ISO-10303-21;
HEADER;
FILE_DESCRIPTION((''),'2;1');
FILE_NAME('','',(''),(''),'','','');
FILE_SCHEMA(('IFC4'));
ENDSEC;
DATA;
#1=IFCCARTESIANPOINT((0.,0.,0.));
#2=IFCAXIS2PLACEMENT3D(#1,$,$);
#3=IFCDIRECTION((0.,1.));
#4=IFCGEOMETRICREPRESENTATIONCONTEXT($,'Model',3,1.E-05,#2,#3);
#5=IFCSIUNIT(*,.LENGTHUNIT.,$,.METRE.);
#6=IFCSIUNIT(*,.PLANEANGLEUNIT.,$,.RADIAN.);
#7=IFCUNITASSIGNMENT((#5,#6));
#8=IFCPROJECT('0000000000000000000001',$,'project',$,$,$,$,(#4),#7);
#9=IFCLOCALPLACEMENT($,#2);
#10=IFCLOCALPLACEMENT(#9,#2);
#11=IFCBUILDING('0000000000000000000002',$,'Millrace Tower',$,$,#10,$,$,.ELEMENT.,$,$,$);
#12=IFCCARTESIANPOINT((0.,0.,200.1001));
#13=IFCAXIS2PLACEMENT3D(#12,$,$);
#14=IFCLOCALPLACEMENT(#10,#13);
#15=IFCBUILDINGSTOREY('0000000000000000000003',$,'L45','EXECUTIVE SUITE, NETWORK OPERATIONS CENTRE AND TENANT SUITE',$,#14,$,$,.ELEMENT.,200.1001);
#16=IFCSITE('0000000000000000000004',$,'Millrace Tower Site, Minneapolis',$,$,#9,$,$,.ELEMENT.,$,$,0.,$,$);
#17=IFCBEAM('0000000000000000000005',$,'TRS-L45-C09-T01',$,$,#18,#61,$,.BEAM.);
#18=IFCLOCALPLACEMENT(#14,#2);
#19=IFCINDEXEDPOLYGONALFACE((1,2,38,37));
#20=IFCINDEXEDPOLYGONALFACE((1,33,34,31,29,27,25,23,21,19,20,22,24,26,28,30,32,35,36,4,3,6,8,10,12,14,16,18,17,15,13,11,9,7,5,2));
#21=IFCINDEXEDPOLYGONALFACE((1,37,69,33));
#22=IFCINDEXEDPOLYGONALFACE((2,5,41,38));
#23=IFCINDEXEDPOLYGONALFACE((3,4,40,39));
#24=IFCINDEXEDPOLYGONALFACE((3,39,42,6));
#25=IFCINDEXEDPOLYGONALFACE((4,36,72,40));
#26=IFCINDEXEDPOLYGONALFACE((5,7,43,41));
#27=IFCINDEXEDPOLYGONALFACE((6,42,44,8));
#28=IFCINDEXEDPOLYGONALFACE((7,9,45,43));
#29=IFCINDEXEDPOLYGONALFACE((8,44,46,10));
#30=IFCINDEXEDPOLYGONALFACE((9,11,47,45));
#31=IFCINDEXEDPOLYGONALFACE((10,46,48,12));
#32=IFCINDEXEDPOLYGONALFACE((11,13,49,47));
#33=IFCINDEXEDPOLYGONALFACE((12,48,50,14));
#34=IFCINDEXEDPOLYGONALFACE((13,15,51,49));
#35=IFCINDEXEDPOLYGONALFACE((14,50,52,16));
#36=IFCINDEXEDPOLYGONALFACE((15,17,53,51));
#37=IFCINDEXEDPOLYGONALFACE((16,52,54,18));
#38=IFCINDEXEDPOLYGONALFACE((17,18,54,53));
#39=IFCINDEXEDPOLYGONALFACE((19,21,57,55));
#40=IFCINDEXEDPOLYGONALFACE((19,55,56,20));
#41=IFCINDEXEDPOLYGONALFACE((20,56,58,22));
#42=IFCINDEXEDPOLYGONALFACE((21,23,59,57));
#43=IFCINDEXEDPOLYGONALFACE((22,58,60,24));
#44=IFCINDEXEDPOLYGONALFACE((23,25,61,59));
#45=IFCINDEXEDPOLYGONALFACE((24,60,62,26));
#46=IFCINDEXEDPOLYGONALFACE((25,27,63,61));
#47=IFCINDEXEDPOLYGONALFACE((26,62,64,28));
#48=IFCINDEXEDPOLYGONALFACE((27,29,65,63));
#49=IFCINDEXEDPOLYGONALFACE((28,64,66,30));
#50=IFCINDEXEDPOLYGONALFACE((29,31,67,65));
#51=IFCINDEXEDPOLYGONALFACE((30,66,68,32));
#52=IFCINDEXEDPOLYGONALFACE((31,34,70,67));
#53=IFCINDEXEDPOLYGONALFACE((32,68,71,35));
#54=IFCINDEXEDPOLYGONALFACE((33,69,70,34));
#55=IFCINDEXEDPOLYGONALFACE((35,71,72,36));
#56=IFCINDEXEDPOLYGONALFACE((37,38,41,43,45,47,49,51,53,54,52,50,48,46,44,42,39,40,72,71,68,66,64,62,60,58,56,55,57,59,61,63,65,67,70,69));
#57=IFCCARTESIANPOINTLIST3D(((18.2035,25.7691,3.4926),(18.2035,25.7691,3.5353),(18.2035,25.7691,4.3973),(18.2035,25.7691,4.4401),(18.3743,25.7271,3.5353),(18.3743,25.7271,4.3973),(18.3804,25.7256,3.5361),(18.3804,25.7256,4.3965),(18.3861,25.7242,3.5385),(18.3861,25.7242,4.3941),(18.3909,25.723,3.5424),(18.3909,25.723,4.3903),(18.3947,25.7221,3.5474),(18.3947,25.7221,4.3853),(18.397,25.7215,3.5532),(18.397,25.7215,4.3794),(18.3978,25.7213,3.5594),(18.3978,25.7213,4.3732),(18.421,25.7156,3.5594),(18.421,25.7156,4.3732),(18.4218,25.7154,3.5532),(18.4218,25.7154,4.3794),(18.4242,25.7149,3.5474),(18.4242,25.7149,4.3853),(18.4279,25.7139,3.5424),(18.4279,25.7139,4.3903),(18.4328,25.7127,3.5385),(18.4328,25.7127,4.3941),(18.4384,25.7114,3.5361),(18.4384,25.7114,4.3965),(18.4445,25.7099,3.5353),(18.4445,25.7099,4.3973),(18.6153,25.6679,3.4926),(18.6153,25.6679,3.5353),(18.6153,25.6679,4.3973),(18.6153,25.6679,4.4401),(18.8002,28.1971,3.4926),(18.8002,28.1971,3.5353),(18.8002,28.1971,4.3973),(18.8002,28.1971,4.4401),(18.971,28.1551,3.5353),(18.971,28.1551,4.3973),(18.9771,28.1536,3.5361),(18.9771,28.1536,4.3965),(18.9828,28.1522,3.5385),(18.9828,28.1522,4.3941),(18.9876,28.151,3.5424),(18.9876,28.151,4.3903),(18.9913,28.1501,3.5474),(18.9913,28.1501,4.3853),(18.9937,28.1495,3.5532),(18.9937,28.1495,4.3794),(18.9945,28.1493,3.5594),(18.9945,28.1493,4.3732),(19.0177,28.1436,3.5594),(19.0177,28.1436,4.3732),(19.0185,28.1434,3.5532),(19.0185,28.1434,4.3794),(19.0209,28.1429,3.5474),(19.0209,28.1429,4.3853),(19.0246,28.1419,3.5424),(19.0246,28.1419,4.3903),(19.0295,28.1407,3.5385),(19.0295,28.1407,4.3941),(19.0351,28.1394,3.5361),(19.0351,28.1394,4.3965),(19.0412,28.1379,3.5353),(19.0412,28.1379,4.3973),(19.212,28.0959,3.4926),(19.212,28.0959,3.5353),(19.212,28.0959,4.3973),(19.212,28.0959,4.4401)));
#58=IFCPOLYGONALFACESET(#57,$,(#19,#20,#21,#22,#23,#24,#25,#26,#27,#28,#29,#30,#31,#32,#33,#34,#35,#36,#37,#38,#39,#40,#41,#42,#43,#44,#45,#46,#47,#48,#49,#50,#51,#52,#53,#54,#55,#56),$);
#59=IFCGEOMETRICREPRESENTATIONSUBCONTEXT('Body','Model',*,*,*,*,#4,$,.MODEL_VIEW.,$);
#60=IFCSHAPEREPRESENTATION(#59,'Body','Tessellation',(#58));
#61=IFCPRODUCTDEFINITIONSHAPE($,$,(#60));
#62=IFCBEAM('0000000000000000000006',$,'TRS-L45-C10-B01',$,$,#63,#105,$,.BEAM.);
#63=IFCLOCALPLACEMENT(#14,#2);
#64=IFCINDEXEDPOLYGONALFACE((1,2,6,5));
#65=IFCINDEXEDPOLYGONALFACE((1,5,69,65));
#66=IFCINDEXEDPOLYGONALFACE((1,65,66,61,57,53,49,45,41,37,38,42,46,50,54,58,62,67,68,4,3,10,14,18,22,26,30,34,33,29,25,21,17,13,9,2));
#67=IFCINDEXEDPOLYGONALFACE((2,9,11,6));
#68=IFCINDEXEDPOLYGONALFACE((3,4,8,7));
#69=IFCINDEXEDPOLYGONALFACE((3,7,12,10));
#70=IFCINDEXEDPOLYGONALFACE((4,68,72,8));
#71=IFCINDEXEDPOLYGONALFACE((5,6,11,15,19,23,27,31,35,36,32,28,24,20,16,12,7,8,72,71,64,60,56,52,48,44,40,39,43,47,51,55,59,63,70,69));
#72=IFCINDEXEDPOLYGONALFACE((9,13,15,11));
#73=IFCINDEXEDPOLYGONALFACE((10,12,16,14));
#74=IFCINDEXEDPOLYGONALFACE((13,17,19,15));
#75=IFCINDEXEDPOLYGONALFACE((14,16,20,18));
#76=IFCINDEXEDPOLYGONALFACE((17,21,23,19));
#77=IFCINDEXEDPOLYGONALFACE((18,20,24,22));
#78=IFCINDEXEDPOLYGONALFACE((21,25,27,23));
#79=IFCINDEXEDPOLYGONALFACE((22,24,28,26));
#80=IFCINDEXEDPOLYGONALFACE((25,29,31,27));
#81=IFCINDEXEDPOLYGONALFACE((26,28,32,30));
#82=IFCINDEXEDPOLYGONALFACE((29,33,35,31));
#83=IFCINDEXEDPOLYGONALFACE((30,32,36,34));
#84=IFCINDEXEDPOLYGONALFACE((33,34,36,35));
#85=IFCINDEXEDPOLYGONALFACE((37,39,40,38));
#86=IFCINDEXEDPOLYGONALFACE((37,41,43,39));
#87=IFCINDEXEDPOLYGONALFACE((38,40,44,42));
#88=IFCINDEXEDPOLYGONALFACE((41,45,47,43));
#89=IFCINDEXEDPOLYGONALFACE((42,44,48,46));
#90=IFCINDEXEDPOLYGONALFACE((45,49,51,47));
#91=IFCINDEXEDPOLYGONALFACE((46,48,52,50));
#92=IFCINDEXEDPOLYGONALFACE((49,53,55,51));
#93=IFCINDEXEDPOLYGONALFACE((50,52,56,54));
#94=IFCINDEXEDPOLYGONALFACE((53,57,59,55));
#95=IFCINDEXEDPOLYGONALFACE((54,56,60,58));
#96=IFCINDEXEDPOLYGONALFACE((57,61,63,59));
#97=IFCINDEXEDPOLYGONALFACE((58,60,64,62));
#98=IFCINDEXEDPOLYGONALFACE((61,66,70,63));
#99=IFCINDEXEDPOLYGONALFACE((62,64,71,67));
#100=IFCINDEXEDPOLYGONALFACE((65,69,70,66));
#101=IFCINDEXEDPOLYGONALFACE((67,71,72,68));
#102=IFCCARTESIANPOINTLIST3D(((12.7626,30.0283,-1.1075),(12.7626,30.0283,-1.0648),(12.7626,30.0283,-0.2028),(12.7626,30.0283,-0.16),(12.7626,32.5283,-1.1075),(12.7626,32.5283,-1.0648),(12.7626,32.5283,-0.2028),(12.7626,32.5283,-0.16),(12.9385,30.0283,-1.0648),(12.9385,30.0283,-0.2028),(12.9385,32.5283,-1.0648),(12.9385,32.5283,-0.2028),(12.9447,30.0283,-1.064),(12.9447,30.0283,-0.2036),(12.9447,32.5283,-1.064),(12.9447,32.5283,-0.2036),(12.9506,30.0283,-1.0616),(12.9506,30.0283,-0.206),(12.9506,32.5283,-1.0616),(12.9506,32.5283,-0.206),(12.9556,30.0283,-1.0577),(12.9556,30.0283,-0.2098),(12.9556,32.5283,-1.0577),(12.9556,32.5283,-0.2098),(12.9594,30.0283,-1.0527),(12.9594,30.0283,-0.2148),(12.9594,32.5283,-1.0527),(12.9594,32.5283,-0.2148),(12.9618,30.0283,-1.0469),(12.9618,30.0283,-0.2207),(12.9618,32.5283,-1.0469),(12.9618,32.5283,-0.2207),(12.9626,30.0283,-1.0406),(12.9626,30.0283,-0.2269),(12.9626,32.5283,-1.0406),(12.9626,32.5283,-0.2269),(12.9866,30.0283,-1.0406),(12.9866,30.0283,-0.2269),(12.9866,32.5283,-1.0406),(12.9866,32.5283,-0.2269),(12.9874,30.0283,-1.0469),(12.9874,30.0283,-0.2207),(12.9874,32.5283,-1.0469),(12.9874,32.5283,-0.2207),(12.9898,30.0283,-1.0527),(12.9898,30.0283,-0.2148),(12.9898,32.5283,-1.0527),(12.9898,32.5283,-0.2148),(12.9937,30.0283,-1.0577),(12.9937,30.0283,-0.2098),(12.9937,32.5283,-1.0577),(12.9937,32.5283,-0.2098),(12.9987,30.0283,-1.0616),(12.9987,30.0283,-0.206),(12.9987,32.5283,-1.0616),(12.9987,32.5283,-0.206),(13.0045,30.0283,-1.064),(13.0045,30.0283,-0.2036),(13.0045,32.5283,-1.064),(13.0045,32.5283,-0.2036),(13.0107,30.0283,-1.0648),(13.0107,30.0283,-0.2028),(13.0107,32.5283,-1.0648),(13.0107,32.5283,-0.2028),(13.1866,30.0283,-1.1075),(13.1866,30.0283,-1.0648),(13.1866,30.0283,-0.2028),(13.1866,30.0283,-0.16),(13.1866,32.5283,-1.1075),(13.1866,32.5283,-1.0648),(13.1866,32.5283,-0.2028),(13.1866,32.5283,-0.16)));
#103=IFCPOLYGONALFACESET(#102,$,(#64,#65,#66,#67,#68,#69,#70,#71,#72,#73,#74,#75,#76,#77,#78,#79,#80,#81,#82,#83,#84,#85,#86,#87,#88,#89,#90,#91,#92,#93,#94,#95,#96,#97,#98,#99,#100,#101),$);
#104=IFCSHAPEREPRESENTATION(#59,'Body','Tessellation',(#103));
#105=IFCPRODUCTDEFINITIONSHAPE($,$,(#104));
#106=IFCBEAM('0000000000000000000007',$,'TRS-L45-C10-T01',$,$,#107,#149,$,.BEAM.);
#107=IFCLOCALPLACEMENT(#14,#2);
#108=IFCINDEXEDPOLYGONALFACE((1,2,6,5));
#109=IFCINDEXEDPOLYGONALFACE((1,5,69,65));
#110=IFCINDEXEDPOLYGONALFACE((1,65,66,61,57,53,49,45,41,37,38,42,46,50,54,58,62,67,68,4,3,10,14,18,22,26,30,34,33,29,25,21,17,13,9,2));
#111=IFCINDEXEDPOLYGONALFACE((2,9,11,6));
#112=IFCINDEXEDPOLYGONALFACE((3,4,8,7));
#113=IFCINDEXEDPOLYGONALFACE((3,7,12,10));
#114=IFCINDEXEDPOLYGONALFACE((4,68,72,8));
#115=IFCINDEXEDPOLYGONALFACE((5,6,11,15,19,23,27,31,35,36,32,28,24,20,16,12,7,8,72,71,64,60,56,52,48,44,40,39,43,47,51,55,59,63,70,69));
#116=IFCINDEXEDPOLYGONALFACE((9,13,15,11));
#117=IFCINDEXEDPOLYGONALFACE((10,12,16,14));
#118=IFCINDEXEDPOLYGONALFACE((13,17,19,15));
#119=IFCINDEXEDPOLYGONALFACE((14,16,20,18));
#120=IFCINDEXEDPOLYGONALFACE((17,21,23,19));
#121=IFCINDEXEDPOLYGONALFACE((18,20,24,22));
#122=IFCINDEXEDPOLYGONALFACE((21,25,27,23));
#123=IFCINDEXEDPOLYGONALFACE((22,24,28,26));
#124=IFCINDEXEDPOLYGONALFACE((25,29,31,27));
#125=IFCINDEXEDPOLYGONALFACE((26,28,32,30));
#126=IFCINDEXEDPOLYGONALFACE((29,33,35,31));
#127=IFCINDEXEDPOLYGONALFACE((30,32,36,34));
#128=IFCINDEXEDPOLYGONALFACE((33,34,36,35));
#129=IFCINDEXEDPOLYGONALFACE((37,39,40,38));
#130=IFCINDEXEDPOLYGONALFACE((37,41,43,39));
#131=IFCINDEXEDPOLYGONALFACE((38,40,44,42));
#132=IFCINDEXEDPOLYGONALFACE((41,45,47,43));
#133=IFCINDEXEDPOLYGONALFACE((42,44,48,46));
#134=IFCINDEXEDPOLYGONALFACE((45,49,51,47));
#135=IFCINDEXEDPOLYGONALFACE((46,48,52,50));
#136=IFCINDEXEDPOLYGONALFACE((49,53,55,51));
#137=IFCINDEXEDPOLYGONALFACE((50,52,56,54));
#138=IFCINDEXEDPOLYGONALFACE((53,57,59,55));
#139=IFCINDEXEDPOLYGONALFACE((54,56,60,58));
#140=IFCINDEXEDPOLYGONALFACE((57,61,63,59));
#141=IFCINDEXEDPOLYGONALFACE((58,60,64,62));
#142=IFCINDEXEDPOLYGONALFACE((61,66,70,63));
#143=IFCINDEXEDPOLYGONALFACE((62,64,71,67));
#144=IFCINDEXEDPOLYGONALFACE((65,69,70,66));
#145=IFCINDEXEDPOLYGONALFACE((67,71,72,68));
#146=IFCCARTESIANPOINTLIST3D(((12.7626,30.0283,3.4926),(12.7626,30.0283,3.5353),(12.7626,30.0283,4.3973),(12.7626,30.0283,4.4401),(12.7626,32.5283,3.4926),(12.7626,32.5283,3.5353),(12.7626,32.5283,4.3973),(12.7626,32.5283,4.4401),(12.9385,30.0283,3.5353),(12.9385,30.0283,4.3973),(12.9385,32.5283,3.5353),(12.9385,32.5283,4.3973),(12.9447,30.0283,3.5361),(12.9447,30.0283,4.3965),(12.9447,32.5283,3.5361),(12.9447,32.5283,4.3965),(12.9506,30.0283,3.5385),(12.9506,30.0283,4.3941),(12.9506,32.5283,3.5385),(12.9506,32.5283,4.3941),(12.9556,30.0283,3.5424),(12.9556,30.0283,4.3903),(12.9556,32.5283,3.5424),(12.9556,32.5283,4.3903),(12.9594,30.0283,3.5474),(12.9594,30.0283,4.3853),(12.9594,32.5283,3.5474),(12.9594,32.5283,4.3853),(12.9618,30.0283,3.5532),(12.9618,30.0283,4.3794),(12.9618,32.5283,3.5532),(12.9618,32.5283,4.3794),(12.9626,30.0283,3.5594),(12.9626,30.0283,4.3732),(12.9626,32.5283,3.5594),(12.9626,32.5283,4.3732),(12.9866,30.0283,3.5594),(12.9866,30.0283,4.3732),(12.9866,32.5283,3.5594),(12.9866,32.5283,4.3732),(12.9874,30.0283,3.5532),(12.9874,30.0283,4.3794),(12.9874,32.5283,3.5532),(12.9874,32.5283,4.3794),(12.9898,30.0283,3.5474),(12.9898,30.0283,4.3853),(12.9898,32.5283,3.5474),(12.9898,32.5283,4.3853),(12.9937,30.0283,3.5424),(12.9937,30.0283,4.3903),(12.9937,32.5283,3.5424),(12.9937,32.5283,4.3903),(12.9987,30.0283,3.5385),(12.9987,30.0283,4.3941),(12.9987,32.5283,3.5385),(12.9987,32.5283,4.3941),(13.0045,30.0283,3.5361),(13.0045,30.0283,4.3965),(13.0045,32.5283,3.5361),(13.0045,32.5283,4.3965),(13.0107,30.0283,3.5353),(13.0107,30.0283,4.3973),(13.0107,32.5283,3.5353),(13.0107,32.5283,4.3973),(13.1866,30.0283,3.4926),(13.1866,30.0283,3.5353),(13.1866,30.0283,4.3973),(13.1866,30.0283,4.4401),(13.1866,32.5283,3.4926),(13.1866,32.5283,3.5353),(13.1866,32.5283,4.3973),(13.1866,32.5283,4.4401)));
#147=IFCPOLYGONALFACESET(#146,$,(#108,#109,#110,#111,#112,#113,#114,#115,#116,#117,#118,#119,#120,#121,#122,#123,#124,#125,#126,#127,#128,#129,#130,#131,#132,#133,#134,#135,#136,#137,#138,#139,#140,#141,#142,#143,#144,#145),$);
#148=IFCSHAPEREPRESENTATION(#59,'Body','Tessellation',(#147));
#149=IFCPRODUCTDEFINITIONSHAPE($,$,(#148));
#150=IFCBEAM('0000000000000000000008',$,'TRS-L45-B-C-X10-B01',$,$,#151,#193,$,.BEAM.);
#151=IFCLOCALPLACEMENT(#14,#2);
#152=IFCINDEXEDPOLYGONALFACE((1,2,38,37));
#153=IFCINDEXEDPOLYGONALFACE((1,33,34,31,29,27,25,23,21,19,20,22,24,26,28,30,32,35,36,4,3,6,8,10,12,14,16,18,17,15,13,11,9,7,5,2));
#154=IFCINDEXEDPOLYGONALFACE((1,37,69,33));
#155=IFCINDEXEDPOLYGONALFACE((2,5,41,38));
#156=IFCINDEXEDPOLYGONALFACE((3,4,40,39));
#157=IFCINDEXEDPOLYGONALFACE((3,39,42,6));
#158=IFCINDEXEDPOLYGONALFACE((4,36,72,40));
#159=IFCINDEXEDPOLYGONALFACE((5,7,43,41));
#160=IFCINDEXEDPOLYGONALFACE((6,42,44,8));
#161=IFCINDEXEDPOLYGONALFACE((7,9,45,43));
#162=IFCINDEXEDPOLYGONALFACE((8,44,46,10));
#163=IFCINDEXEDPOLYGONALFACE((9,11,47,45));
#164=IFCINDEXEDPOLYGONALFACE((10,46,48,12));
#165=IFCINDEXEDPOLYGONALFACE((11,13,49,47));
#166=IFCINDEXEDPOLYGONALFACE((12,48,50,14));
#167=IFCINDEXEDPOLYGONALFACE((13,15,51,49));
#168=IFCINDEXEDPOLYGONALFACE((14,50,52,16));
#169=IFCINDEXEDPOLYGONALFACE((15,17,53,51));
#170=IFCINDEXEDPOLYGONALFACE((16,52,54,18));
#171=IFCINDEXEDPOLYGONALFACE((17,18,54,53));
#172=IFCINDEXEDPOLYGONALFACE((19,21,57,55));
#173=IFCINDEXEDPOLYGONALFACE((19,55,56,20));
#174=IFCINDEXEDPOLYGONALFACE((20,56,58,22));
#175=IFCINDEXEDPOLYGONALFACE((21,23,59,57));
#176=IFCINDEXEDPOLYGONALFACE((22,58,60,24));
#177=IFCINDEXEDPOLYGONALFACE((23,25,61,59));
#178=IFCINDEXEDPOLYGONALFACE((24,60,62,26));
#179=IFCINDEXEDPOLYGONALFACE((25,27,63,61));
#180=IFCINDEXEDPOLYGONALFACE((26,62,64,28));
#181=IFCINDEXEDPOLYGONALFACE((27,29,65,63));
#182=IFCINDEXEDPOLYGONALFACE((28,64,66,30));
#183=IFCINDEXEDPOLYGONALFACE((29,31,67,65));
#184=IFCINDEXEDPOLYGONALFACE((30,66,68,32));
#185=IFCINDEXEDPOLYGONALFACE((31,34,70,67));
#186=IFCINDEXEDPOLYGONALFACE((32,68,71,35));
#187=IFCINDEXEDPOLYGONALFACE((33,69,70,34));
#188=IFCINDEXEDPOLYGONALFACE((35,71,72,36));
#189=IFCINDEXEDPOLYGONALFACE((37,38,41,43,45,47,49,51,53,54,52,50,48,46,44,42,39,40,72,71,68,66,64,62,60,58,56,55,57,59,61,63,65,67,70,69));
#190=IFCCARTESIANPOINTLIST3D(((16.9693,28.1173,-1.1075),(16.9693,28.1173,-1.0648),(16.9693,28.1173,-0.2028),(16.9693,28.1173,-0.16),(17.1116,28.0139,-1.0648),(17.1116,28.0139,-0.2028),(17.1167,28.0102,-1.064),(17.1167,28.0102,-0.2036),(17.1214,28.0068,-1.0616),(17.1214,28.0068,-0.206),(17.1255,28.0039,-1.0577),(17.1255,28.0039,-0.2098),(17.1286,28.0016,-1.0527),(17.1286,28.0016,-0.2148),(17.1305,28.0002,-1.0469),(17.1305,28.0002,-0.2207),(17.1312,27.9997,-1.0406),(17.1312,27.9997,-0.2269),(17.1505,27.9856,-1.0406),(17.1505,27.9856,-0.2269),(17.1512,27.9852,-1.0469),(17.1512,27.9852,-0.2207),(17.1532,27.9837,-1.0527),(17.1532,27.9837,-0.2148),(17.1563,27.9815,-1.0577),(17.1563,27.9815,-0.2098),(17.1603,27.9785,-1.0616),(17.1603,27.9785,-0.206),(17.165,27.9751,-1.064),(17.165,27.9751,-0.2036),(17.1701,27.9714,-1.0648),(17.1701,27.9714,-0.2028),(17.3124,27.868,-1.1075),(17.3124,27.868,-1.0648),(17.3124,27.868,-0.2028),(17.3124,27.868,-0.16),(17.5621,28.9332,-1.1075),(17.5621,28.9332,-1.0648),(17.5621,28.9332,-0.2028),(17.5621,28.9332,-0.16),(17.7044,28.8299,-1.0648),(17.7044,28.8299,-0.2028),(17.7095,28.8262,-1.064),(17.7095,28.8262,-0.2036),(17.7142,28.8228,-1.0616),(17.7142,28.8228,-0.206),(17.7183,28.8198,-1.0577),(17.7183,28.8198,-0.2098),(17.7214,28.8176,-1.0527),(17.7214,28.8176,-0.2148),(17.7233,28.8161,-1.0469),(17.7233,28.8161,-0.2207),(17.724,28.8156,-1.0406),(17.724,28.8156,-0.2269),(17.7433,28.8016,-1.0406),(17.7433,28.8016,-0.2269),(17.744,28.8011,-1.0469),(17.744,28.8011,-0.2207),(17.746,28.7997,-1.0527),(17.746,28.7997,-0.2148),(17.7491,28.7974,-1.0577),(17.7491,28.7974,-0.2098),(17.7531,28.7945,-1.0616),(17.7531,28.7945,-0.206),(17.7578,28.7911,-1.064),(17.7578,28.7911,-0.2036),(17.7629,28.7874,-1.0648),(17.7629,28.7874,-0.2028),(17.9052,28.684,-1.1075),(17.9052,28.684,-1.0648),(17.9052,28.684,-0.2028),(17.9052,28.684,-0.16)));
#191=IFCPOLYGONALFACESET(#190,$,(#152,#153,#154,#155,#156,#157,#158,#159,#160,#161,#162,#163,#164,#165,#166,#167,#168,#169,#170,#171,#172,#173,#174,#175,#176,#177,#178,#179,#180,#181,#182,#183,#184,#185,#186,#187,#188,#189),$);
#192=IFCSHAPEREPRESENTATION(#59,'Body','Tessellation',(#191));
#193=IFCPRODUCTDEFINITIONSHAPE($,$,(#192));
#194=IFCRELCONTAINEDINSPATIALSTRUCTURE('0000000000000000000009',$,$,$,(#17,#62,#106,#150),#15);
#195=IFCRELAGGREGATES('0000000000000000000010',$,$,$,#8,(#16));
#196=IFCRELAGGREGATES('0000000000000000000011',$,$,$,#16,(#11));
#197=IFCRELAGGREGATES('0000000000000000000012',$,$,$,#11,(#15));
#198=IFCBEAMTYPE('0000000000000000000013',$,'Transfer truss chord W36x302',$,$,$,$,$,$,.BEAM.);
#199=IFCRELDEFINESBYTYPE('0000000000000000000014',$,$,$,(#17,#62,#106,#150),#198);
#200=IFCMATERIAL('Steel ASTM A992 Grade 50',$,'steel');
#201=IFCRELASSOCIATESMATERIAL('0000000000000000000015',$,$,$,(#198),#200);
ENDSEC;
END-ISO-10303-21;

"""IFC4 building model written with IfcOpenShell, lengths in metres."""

from ifc_helpers import new_model, si_unit, direction, frame, origin, origin_2d, place, context, subcontext, project, spatial, i_section, extrude, material, material_profile, profile_set, type_object, element, save


model = new_model("IFC4")

# Units and contexts
model_context = context("Model", 3, precision=1e-05, world=origin(), true_north=direction((0.0, 1.0)))
body_context = subcontext(model_context, "Body", "Model", "MODEL_VIEW")
ifc_project = project(units=[si_unit("LENGTHUNIT", "METRE"), si_unit("PLANEANGLEUNIT", "RADIAN")], contexts=[model_context])

# Site, building, storey
site_placement = place(None, origin())
site = spatial("IfcSite", under=ifc_project, at=site_placement, Name="Millrace Tower Site, Minneapolis", CompositionType="ELEMENT", RefElevation=0.0)
building_placement = place(site_placement, origin())
building = spatial("IfcBuilding", under=site, at=building_placement, Name="Millrace Tower", CompositionType="ELEMENT")
storey_placement = place(building_placement, frame((0.0, 0.0, 200.1001)))
storey = spatial("IfcBuildingStorey", under=building, at=storey_placement, Name="L45", Description="EXECUTIVE SUITE, NETWORK OPERATIONS CENTRE AND TENANT SUITE", CompositionType="ELEMENT", Elevation=200.1001)

# Beams
ifc_material_1 = material(Name="Steel ASTM A992 Grade 50", Category="steel")
ifc_material_profile_1 = material_profile(ifc_material_1, i_section(OverallWidth=0.4241, OverallDepth=0.9475, WebThickness=0.0239, FlangeThickness=0.0427, FilletRadius=0.0242, at=origin_2d()))
ifc_profile_set_1 = profile_set([ifc_material_profile_1], Name="Steel ASTM A992 Grade 50")
beam_type_1 = type_object("IfcBeamType", Name="Transfer truss chord W36x302", PredefinedType="BEAM", material=ifc_profile_set_1)
for number, where, z_axis, x_axis, name in (
    (1, (19.0061, 28.1465, 3.9663), (-0.238651, -0.971105, 0.0), (0.971105, -0.238651, 0.0), "TRS-L45-C09-T01"),
):
    element("IfcBeam", number, at=place(storey_placement, frame(where, z_axis=z_axis, x_axis=x_axis)), inside=storey, type_object=beam_type_1, Name=name, PredefinedType="BEAM", context=body_context, shape_type="SweptSolid", body=[
        extrude(i_section(OverallWidth=0.4241, OverallDepth=0.9475, WebThickness=0.0239, FlangeThickness=0.0427, FilletRadius=0.0242, at=origin_2d()), origin(), (0.0, 0.0, 1.0), 2.5002),
    ])
for number, where, z_axis, x_axis, name in (
    (2, (12.9746, 32.5283, -0.6338), (0.0, -1.0, 0.0), (1.0, 0.0, 0.0), "TRS-L45-C10-B01"),
    (3, (12.9746, 32.5283, 3.9663), (0.0, -1.0, 0.0), (1.0, 0.0, 0.0), "TRS-L45-C10-T01"),
):
    element("IfcBeam", number, at=place(storey_placement, frame(where, z_axis=z_axis, x_axis=x_axis)), inside=storey, type_object=beam_type_1, Name=name, PredefinedType="BEAM", context=body_context, shape_type="SweptSolid", body=[
        extrude(i_section(OverallWidth=0.4241, OverallDepth=0.9475, WebThickness=0.0239, FlangeThickness=0.0427, FilletRadius=0.0242, at=origin_2d()), origin(), (0.0, 0.0, 1.0), 2.5),
    ])
for number, where, z_axis, x_axis, name in (
    (4, (17.1409, 27.9927, -0.6338), (0.587769, 0.809029, 0.0), (-0.809029, 0.587769, 0.0), "TRS-L45-B-C-X10-B01"),
):
    element("IfcBeam", number, at=place(storey_placement, frame(where, z_axis=z_axis, x_axis=x_axis)), inside=storey, type_object=beam_type_1, Name=name, PredefinedType="BEAM", context=body_context, shape_type="SweptSolid", body=[
        extrude(i_section(OverallWidth=0.4241, OverallDepth=0.9475, WebThickness=0.0239, FlangeThickness=0.0427, FilletRadius=0.0242, at=origin_2d()), origin(), (0.0, 0.0, 1.0), 1.0085),
    ])

save(model, "model.ifc")
